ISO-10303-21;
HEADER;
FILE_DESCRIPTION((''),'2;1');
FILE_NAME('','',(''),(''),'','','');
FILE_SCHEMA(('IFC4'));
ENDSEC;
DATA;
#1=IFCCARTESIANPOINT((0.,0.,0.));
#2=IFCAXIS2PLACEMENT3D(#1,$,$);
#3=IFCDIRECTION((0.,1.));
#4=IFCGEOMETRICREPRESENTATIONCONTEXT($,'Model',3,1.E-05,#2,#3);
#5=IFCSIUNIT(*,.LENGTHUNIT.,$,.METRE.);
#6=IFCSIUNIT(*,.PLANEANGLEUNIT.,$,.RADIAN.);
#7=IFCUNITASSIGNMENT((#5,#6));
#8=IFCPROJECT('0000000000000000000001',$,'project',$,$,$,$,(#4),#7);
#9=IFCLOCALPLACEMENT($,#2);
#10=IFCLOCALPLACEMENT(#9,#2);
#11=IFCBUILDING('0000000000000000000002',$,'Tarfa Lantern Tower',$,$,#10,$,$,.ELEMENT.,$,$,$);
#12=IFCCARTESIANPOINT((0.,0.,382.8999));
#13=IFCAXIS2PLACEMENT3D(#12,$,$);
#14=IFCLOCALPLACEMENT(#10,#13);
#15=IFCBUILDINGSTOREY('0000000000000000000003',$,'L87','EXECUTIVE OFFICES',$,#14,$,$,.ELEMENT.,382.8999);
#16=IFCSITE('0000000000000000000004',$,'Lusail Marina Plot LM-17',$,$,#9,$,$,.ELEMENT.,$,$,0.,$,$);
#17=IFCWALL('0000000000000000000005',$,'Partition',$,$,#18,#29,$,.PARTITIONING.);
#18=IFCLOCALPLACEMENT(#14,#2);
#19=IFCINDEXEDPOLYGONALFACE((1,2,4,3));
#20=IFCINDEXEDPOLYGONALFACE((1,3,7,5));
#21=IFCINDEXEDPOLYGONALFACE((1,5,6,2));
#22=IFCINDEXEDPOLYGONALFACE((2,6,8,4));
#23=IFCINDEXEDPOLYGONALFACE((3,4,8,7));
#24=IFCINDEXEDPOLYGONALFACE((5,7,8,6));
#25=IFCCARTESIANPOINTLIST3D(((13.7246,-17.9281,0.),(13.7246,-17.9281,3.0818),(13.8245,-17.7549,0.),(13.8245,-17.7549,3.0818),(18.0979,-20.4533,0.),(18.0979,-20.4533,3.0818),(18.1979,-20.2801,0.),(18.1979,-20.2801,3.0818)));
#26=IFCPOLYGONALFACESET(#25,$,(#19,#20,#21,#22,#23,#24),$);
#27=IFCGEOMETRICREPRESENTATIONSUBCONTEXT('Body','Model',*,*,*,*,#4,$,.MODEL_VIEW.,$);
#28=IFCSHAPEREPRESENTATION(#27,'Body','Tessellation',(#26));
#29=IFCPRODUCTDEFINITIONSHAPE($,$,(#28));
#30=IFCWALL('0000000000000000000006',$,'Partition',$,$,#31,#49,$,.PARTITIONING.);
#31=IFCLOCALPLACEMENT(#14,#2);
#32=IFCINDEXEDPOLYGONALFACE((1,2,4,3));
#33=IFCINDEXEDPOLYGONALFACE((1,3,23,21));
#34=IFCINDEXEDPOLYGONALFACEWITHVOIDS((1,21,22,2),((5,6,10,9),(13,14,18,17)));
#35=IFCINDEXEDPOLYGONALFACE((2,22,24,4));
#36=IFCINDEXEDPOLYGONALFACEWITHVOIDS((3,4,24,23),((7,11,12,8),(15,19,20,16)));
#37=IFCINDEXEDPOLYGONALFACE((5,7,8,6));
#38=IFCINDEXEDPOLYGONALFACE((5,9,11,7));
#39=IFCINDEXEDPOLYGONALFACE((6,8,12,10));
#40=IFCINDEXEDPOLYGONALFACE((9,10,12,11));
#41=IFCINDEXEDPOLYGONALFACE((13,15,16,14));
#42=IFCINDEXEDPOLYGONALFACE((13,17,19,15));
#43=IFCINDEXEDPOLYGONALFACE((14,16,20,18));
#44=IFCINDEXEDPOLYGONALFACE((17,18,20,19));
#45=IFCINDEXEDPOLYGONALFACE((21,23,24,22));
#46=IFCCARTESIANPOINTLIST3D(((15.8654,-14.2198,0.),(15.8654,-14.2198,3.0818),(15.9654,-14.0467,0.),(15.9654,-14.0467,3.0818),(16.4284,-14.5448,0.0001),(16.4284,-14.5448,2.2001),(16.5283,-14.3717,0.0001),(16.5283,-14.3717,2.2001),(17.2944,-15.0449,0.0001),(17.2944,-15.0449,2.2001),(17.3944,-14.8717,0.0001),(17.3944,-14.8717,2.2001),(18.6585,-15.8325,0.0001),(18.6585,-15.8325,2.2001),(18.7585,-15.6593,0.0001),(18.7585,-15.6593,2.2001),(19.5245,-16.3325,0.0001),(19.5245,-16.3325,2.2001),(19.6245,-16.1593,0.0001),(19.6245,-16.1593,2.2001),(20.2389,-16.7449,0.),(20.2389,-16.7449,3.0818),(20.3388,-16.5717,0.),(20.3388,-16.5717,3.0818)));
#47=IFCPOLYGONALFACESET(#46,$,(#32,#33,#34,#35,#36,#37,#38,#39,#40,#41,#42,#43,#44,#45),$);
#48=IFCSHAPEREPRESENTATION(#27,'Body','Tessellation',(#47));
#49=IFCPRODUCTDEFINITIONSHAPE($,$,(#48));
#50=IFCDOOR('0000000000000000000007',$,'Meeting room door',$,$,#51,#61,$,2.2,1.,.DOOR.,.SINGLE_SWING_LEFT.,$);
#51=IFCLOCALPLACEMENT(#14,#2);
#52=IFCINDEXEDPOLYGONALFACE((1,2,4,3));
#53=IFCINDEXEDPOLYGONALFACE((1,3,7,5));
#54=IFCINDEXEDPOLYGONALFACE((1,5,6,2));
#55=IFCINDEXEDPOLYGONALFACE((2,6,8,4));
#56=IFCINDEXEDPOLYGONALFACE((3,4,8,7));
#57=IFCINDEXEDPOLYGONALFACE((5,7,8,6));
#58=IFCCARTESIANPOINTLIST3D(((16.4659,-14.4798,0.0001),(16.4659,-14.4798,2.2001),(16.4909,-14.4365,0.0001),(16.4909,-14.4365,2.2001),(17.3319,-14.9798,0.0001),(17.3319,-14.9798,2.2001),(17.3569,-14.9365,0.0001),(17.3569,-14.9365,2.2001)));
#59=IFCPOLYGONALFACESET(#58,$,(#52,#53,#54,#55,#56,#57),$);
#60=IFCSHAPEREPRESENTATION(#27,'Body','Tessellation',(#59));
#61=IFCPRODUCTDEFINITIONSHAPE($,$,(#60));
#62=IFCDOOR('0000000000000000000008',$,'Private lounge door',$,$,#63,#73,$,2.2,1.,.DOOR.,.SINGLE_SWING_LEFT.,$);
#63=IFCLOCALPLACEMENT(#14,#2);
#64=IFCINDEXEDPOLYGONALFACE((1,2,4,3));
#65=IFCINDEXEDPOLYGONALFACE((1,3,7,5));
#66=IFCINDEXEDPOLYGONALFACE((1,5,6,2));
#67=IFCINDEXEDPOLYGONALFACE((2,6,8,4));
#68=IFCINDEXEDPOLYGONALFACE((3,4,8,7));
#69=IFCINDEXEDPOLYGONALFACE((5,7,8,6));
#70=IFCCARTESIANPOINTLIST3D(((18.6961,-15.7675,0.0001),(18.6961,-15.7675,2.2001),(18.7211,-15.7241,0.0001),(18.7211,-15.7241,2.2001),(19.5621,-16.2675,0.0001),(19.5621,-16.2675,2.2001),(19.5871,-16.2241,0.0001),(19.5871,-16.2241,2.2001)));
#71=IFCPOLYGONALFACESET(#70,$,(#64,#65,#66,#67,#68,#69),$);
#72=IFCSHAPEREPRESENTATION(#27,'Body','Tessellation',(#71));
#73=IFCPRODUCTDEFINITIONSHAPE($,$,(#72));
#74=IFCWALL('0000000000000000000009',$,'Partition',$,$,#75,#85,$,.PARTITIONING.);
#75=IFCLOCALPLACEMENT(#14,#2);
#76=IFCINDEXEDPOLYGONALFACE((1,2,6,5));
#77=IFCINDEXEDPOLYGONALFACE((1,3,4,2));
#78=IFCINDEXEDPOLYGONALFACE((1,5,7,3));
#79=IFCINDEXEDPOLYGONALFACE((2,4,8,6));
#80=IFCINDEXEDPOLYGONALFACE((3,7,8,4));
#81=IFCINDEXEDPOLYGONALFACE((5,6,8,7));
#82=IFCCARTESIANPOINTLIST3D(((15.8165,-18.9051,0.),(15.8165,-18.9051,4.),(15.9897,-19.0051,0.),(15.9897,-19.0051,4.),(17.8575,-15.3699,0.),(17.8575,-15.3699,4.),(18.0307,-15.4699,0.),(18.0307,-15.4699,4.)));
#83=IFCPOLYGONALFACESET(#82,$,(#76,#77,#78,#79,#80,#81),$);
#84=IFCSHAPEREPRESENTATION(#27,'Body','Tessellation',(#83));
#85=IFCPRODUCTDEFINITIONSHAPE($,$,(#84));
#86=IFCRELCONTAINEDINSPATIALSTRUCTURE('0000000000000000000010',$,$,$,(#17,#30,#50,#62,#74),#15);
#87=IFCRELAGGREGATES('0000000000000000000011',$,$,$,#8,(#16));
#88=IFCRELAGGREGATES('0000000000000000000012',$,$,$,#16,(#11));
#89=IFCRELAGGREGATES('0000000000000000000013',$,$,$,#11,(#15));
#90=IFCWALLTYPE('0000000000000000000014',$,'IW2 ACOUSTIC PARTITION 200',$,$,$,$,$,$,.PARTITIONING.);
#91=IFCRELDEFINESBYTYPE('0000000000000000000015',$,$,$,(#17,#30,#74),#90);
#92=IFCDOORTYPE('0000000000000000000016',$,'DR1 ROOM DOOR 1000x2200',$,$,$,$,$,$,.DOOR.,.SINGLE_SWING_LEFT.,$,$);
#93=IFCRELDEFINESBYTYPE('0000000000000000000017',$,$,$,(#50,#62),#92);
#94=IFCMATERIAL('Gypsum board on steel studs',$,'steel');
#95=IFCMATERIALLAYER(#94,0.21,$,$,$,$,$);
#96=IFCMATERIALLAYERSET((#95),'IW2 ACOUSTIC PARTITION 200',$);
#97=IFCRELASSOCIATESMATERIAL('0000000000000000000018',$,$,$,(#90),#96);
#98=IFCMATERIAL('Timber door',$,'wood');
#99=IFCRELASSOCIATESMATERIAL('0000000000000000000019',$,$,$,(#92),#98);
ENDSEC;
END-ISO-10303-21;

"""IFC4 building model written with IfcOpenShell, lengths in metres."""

from ifc_helpers import new_model, si_unit, direction, frame, frame_2d, origin, place, context, subcontext, project, spatial, rectangle, extrude, material, layer, layer_set, type_object, element, fill, save


model = new_model("IFC4")

# Units and contexts
model_context = context("Model", 3, precision=1e-05, world=origin(), true_north=direction((0.0, 1.0)))
body_context = subcontext(model_context, "Body", "Model", "MODEL_VIEW")
ifc_project = project(units=[si_unit("LENGTHUNIT", "METRE"), si_unit("PLANEANGLEUNIT", "RADIAN")], contexts=[model_context])

# Site, building, storey
site_placement = place(None, origin())
site = spatial("IfcSite", under=ifc_project, at=site_placement, Name="Lusail Marina Plot LM-17", CompositionType="ELEMENT", RefElevation=0.0)
building_placement = place(site_placement, origin())
building = spatial("IfcBuilding", under=site, at=building_placement, Name="Tarfa Lantern Tower", CompositionType="ELEMENT")
storey_placement = place(building_placement, frame((0.0, 0.0, 382.8999)))
storey = spatial("IfcBuildingStorey", under=building, at=storey_placement, Name="L87", Description="EXECUTIVE OFFICES", CompositionType="ELEMENT", Elevation=382.8999)

# Shared definitions
ifc_material_1 = material(Name="Gypsum board on steel studs", Category="steel")
ifc_layer_1 = layer(ifc_material_1, 0.21)
ifc_layer_set_1 = layer_set([ifc_layer_1], Name="IW2 ACOUSTIC PARTITION 200")
wall_type_1 = type_object("IfcWallType", Name="IW2 ACOUSTIC PARTITION 200", PredefinedType="PARTITIONING", material=ifc_layer_set_1)
ifc_material_2 = material(Name="Timber door", Category="wood")
door_type_1 = type_object("IfcDoorType", Name="DR1 ROOM DOOR 1000x2200", OperationType="SINGLE_SWING_LEFT", PredefinedType="DOOR", material=ifc_material_2)

# Wall
wall_1_placement = place(storey_placement, frame((13.7747, -17.8416, 0.0), z_axis=(0.0, 0.0, 1.0), x_axis=(0.866006, -0.500034, 0.0)))
element("IfcWall", 1, at=wall_1_placement, inside=storey, type_object=wall_type_1, Name="Partition", PredefinedType="PARTITIONING", context=body_context, shape_type="SweptSolid", body=[
    extrude(rectangle(XDim=5.05, YDim=0.2, at=frame_2d((2.5249, 0.0))), origin(), (0.0, 0.0, 1.0), 3.0818),
])

# Wall, openings, doors
wall_2_placement = place(storey_placement, frame((15.9155, -14.1333, 0.0), z_axis=(0.0, 0.0, 1.0), x_axis=(0.866018, -0.500013, 0.0)))
wall_2 = element("IfcWall", 2, at=wall_2_placement, inside=storey, type_object=wall_type_1, Name="Partition", PredefinedType="PARTITIONING", context=body_context, shape_type="SweptSolid", body=[
    extrude(rectangle(XDim=5.05, YDim=0.2, at=frame_2d((2.5249, 0.0))), origin(), (0.0, 0.0, 1.0), 3.0818),
])
opening_1_placement = place(wall_2_placement, frame((0.6499, 0.0, 0.0)))
opening_1 = element("IfcOpeningElement", 3, at=opening_1_placement, cuts=wall_2, PredefinedType="OPENING", context=body_context, shape_type="SweptSolid", body=[
    extrude(rectangle(XDim=1.0, YDim=2.2, at=frame_2d((0.5, 1.1001))), frame((0.0, 0.1099, 0.0), z_axis=(0.0, -1.0, 0.0), x_axis=(1.0, 0.0, 0.0)), (0.0, 0.0, 1.0), 0.22),
])
opening_2_placement = place(wall_2_placement, frame((3.2251, 0.0, 0.0)))
opening_2 = element("IfcOpeningElement", 4, at=opening_2_placement, cuts=wall_2, PredefinedType="OPENING", context=body_context, shape_type="SweptSolid", body=[
    extrude(rectangle(XDim=1.0, YDim=2.2, at=frame_2d((0.5, 1.1001))), frame((0.0, 0.1099, 0.0), z_axis=(0.0, -1.0, 0.0), x_axis=(1.0, 0.0, 0.0)), (0.0, 0.0, 1.0), 0.22),
])
door_1_placement = place(opening_1_placement, frame((1.0, 0.0, 0.0), z_axis=(0.0, 0.0, 1.0), x_axis=(-1.0, 0.0, 0.0)))
door_1 = element("IfcDoor", 5, at=door_1_placement, inside=storey, type_object=door_type_1, Name="Meeting room door", OperationType="SINGLE_SWING_LEFT", OverallHeight=2.2, OverallWidth=1.0, PredefinedType="DOOR", context=body_context, shape_type="SweptSolid", body=[
    extrude(rectangle(XDim=1.0, YDim=2.2, at=frame_2d((0.5, 1.1001))), frame((0.0, 0.0249, 0.0), z_axis=(0.0, -1.0, 0.0), x_axis=(1.0, 0.0, 0.0)), (0.0, 0.0, 1.0), 0.05),
])
fill(opening_1, door_1)
door_2_placement = place(opening_2_placement, frame((1.0, 0.0, 0.0), z_axis=(0.0, 0.0, 1.0), x_axis=(-1.0, 0.0, 0.0)))
door_2 = element("IfcDoor", 6, at=door_2_placement, inside=storey, type_object=door_type_1, Name="Private lounge door", OperationType="SINGLE_SWING_LEFT", OverallHeight=2.2, OverallWidth=1.0, PredefinedType="DOOR", context=body_context, shape_type="SweptSolid", body=[
    extrude(rectangle(XDim=1.0, YDim=2.2, at=frame_2d((0.5, 1.1001))), frame((0.0, 0.0249, 0.0), z_axis=(0.0, -1.0, 0.0), x_axis=(1.0, 0.0, 0.0)), (0.0, 0.0, 1.0), 0.05),
])
fill(opening_2, door_2)

# Wall
wall_3_placement = place(storey_placement, frame((15.9031, -18.9551, 0.0), z_axis=(0.0, 0.0, 1.0), x_axis=(0.499999, 0.866026, 0.0)))
element("IfcWall", 7, at=wall_3_placement, inside=storey, type_object=wall_type_1, Name="Partition", PredefinedType="PARTITIONING", context=body_context, shape_type="SweptSolid", body=[
    extrude(rectangle(XDim=4.082, YDim=0.2, at=frame_2d((2.041, 0.0))), origin(), (0.0, 0.0, 1.0), 4.0),
])

save(model, "model.ifc")
